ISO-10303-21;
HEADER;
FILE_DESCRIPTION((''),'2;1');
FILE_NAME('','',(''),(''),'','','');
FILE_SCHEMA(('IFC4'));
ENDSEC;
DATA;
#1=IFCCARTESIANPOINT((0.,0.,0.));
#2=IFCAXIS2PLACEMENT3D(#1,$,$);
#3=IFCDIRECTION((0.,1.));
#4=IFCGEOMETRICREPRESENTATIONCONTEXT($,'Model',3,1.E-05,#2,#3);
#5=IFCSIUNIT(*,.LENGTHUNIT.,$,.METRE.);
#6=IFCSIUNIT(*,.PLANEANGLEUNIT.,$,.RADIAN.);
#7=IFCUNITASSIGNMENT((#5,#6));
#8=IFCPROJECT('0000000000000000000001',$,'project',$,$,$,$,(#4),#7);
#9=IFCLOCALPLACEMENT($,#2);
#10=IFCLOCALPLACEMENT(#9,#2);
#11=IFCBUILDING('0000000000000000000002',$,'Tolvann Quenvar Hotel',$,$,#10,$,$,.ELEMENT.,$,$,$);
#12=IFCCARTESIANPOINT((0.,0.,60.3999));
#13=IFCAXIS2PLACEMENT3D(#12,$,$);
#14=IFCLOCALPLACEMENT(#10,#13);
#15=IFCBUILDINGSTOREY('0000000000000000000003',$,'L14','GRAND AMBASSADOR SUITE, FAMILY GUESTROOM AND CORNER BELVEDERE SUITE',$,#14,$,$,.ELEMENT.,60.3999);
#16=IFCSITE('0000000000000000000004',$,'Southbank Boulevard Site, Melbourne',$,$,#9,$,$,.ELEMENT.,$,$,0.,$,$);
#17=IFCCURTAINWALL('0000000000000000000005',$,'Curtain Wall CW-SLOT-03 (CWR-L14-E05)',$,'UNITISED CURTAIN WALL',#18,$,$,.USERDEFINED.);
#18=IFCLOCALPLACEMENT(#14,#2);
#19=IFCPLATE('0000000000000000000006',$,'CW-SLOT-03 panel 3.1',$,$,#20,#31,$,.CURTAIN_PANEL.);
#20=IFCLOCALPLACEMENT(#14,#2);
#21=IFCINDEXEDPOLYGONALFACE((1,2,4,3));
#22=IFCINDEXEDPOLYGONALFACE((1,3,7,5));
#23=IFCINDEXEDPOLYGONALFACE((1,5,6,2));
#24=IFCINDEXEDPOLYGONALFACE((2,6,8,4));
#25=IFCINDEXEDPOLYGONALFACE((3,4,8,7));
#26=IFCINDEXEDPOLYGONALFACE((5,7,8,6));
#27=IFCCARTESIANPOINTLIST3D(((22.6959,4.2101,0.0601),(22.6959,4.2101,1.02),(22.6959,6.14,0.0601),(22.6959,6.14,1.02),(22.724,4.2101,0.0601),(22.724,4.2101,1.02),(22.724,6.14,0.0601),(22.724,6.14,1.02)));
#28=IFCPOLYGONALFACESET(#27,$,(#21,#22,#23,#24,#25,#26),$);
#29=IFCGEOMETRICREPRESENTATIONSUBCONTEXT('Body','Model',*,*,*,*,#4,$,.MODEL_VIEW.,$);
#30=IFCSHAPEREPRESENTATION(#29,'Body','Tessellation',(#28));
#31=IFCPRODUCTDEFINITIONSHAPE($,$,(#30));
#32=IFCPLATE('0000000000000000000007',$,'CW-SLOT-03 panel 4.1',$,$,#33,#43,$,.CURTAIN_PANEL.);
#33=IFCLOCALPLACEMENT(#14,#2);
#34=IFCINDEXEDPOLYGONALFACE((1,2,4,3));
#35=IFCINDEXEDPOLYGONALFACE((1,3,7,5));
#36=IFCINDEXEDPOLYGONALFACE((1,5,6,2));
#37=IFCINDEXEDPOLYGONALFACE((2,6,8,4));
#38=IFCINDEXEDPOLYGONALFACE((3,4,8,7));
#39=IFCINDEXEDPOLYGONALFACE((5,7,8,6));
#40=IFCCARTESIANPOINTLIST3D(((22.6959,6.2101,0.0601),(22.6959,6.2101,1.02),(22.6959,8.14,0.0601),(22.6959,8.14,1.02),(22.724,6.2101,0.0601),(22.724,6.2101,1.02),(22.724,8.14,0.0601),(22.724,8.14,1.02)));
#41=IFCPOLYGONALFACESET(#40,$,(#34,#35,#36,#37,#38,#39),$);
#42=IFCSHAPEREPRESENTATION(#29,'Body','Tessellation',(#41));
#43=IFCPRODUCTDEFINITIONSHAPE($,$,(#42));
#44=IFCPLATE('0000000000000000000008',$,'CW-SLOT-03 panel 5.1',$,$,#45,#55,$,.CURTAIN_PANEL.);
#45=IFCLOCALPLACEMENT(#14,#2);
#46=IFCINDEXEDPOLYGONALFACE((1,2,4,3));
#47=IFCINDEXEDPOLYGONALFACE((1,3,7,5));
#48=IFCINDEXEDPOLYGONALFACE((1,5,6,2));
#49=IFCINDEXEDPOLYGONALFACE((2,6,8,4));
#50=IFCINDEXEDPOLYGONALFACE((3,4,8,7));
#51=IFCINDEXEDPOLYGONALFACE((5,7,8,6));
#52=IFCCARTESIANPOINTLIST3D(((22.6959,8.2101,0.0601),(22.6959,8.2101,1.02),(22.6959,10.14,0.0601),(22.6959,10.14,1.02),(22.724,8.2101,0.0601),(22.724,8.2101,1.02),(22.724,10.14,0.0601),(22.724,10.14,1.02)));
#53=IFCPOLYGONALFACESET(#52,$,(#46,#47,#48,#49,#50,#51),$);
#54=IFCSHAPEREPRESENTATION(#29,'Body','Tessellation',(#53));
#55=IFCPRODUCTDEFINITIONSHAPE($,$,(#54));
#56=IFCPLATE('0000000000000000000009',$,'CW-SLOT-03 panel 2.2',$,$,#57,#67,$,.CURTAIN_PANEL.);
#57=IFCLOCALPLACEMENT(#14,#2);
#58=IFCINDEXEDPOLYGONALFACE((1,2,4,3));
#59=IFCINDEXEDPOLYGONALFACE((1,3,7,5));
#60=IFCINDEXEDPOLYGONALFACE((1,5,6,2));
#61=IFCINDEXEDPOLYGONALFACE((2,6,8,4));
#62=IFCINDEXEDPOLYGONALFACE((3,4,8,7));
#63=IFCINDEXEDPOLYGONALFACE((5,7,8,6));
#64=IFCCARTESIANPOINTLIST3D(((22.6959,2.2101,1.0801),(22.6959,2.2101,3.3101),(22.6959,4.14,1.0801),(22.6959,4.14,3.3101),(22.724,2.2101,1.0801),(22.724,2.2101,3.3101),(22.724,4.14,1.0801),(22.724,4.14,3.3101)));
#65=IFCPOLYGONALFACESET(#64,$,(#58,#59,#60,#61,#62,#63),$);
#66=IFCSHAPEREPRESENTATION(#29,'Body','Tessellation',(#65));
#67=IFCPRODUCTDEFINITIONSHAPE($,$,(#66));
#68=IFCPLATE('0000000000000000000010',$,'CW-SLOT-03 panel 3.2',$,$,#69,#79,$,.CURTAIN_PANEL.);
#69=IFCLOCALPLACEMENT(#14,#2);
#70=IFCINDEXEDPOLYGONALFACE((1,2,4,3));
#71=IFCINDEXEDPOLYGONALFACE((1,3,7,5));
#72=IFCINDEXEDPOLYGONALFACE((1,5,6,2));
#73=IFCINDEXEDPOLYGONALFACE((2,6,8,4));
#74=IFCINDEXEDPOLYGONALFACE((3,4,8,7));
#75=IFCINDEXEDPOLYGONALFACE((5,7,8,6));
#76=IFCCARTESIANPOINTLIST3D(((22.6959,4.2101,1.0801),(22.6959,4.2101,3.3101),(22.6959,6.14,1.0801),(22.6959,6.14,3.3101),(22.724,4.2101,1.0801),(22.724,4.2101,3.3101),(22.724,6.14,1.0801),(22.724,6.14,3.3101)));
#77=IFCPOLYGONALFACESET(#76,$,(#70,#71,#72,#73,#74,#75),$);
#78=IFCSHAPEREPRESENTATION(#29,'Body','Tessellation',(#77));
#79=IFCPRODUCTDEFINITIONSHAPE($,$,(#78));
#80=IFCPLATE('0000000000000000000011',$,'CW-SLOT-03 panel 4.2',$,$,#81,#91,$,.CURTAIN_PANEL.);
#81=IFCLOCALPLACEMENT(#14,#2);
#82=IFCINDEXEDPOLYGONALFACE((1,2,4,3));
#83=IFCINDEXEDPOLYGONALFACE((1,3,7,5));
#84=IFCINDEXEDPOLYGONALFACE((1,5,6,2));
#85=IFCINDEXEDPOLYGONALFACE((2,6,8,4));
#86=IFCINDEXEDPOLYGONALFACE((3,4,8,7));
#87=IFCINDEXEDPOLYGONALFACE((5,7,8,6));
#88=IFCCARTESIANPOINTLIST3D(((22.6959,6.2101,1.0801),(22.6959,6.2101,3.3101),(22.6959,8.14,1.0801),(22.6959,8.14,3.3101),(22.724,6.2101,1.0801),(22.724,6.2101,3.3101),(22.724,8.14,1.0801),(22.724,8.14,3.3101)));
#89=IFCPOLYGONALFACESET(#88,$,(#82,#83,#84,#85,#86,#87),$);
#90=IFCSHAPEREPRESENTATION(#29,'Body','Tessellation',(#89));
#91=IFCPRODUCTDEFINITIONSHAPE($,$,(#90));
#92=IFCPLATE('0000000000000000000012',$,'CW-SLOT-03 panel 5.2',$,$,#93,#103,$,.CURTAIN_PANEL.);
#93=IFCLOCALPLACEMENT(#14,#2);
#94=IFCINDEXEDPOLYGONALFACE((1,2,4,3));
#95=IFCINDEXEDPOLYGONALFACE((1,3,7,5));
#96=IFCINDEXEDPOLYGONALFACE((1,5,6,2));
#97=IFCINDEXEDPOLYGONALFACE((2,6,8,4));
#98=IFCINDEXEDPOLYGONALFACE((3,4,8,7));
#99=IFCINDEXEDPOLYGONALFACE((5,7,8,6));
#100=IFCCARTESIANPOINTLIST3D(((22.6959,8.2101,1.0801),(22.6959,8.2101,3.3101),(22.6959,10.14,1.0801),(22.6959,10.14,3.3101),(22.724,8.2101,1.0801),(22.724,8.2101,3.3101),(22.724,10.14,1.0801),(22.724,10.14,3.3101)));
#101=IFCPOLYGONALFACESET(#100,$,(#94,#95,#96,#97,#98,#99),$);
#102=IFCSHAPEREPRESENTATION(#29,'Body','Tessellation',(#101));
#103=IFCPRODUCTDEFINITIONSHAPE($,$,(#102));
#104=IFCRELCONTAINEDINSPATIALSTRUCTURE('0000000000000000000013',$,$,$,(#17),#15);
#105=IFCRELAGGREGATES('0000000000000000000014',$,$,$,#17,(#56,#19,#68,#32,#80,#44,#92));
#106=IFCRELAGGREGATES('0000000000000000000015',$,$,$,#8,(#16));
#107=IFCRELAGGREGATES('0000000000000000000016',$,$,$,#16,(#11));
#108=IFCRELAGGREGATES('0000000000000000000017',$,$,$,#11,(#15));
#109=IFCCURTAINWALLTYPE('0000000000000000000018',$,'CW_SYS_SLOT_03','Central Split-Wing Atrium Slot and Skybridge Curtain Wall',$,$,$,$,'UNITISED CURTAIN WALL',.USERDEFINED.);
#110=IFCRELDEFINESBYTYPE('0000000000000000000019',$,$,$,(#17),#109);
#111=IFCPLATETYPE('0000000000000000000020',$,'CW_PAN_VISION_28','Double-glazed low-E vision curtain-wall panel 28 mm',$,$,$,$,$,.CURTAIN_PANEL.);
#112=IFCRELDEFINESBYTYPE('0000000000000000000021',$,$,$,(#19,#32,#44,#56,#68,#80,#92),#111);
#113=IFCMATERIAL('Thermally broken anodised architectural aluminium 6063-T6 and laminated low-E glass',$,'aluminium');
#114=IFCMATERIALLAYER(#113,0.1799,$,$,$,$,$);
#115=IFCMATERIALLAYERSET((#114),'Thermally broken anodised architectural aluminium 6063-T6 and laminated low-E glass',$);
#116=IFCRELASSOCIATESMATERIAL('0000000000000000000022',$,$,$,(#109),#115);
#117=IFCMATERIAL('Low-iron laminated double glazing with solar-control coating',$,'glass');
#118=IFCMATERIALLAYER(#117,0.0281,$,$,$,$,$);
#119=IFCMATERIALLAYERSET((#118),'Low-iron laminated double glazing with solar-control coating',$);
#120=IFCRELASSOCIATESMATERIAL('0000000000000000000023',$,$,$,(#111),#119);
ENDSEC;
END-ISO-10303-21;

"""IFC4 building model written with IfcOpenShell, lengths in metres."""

from ifc_helpers import new_model, si_unit, direction, frame, origin, origin_2d, place, context, subcontext, project, spatial, rectangle, extrude, source, transform, mapped, material, layer, layer_set, type_object, type_shapes, element, aggregate, save


model = new_model("IFC4")

# Units and contexts
model_context = context("Model", 3, precision=1e-05, world=origin(), true_north=direction((0.0, 1.0)))
body_context = subcontext(model_context, "Body", "Model", "MODEL_VIEW")
ifc_project = project(units=[si_unit("LENGTHUNIT", "METRE"), si_unit("PLANEANGLEUNIT", "RADIAN")], contexts=[model_context])

# Site, building, storey
site_placement = place(None, origin())
site = spatial("IfcSite", under=ifc_project, at=site_placement, Name="Southbank Boulevard Site, Melbourne", CompositionType="ELEMENT", RefElevation=0.0)
building_placement = place(site_placement, origin())
building = spatial("IfcBuilding", under=site, at=building_placement, Name="Tolvann Quenvar Hotel", CompositionType="ELEMENT")
storey_placement = place(building_placement, frame((0.0, 0.0, 60.3999)))
storey = spatial("IfcBuildingStorey", under=building, at=storey_placement, Name="L14", Description="GRAND AMBASSADOR SUITE, FAMILY GUESTROOM AND CORNER BELVEDERE SUITE", CompositionType="ELEMENT", Elevation=60.3999)

# Curtain wall, plates
ifc_material_1 = material(Name="Thermally broken anodised architectural aluminium 6063-T6 and laminated low-E glass", Category="aluminium")
ifc_layer_1 = layer(ifc_material_1, 0.1799)
ifc_layer_set_1 = layer_set([ifc_layer_1], Name="Thermally broken anodised architectural aluminium 6063-T6 and laminated low-E glass")
curtain_wall_type = type_object("IfcCurtainWallType", Name="CW_SYS_SLOT_03", Description="Central Split-Wing Atrium Slot and Skybridge Curtain Wall", ElementType="UNITISED CURTAIN WALL", PredefinedType="USERDEFINED", material=ifc_layer_set_1)
curtain_wall_placement = place(storey_placement, origin())
curtain_wall = element("IfcCurtainWall", 1, at=curtain_wall_placement, inside=storey, type_object=curtain_wall_type, Name="Curtain Wall CW-SLOT-03 (CWR-L14-E05)", ObjectType="UNITISED CURTAIN WALL", PredefinedType="USERDEFINED")
ifc_material_2 = material(Name="Low-iron laminated double glazing with solar-control coating", Category="glass")
ifc_layer_2 = layer(ifc_material_2, 0.0281)
ifc_layer_set_2 = layer_set([ifc_layer_2], Name="Low-iron laminated double glazing with solar-control coating")
plate_type = type_object("IfcPlateType", Name="CW_PAN_VISION_28", Description="Double-glazed low-E vision curtain-wall panel 28 mm", PredefinedType="CURTAIN_PANEL", material=ifc_layer_set_2)
shared_shape_1 = source(origin(), body_context, "Body", "SweptSolid", [
    extrude(rectangle(XDim=1.9299, YDim=0.0281, at=origin_2d()), origin(), (0.0, 0.0, 1.0), 0.96),
])
plate_1_placement = place(storey_placement, frame((22.71, 5.175, 0.0601), z_axis=(0.0, 0.0, 1.0), x_axis=(0.0, 1.0, 0.0)))
plate_1 = element("IfcPlate", 2, at=plate_1_placement, type_object=plate_type, Name="CW-SLOT-03 panel 3.1", PredefinedType="CURTAIN_PANEL", context=body_context, shape_type="MappedRepresentation", body=[
    mapped(shared_shape_1, transform((0.0, 0.0, 0.0), x_axis=(1.0, 0.0, 0.0), y_axis=(0.0, 1.0, 0.0), z_axis=(0.0, 0.0, 1.0), scale=1.0)),
])
plate_2_placement = place(storey_placement, frame((22.71, 7.175, 0.0601), z_axis=(0.0, 0.0, 1.0), x_axis=(0.0, 1.0, 0.0)))
plate_2 = element("IfcPlate", 3, at=plate_2_placement, type_object=plate_type, Name="CW-SLOT-03 panel 4.1", PredefinedType="CURTAIN_PANEL", context=body_context, shape_type="MappedRepresentation", body=[
    mapped(shared_shape_1, transform((0.0, 0.0, 0.0), x_axis=(1.0, 0.0, 0.0), y_axis=(0.0, 1.0, 0.0), z_axis=(0.0, 0.0, 1.0), scale=1.0)),
])
plate_3_placement = place(storey_placement, frame((22.71, 9.175, 0.0601), z_axis=(0.0, 0.0, 1.0), x_axis=(0.0, 1.0, 0.0)))
plate_3 = element("IfcPlate", 4, at=plate_3_placement, type_object=plate_type, Name="CW-SLOT-03 panel 5.1", PredefinedType="CURTAIN_PANEL", context=body_context, shape_type="MappedRepresentation", body=[
    mapped(shared_shape_1, transform((0.0, 0.0, 0.0), x_axis=(1.0, 0.0, 0.0), y_axis=(0.0, 1.0, 0.0), z_axis=(0.0, 0.0, 1.0), scale=1.0)),
])
shared_shape_2 = source(origin(), body_context, "Body", "SweptSolid", [
    extrude(rectangle(XDim=1.9299, YDim=0.0281, at=origin_2d()), origin(), (0.0, 0.0, 1.0), 2.23),
])
type_shapes(plate_type, [shared_shape_1, shared_shape_2])
plate_4_placement = place(storey_placement, frame((22.71, 3.175, 1.0801), z_axis=(0.0, 0.0, 1.0), x_axis=(0.0, 1.0, 0.0)))
plate_4 = element("IfcPlate", 5, at=plate_4_placement, type_object=plate_type, Name="CW-SLOT-03 panel 2.2", PredefinedType="CURTAIN_PANEL", context=body_context, shape_type="MappedRepresentation", body=[
    mapped(shared_shape_2, transform((0.0, 0.0, 0.0), x_axis=(1.0, 0.0, 0.0), y_axis=(0.0, 1.0, 0.0), z_axis=(0.0, 0.0, 1.0), scale=1.0)),
])
plate_5_placement = place(storey_placement, frame((22.71, 5.175, 1.0801), z_axis=(0.0, 0.0, 1.0), x_axis=(0.0, 1.0, 0.0)))
plate_5 = element("IfcPlate", 6, at=plate_5_placement, type_object=plate_type, Name="CW-SLOT-03 panel 3.2", PredefinedType="CURTAIN_PANEL", context=body_context, shape_type="MappedRepresentation", body=[
    mapped(shared_shape_2, transform((0.0, 0.0, 0.0), x_axis=(1.0, 0.0, 0.0), y_axis=(0.0, 1.0, 0.0), z_axis=(0.0, 0.0, 1.0), scale=1.0)),
])
plate_6_placement = place(storey_placement, frame((22.71, 7.175, 1.0801), z_axis=(0.0, 0.0, 1.0), x_axis=(0.0, 1.0, 0.0)))
plate_6 = element("IfcPlate", 7, at=plate_6_placement, type_object=plate_type, Name="CW-SLOT-03 panel 4.2", PredefinedType="CURTAIN_PANEL", context=body_context, shape_type="MappedRepresentation", body=[
    mapped(shared_shape_2, transform((0.0, 0.0, 0.0), x_axis=(1.0, 0.0, 0.0), y_axis=(0.0, 1.0, 0.0), z_axis=(0.0, 0.0, 1.0), scale=1.0)),
])
plate_7_placement = place(storey_placement, frame((22.71, 9.175, 1.0801), z_axis=(0.0, 0.0, 1.0), x_axis=(0.0, 1.0, 0.0)))
plate_7 = element("IfcPlate", 8, at=plate_7_placement, type_object=plate_type, Name="CW-SLOT-03 panel 5.2", PredefinedType="CURTAIN_PANEL", context=body_context, shape_type="MappedRepresentation", body=[
    mapped(shared_shape_2, transform((0.0, 0.0, 0.0), x_axis=(1.0, 0.0, 0.0), y_axis=(0.0, 1.0, 0.0), z_axis=(0.0, 0.0, 1.0), scale=1.0)),
])
aggregate(curtain_wall, [plate_4, plate_1, plate_5, plate_2, plate_6, plate_3, plate_7])

save(model, "model.ifc")
